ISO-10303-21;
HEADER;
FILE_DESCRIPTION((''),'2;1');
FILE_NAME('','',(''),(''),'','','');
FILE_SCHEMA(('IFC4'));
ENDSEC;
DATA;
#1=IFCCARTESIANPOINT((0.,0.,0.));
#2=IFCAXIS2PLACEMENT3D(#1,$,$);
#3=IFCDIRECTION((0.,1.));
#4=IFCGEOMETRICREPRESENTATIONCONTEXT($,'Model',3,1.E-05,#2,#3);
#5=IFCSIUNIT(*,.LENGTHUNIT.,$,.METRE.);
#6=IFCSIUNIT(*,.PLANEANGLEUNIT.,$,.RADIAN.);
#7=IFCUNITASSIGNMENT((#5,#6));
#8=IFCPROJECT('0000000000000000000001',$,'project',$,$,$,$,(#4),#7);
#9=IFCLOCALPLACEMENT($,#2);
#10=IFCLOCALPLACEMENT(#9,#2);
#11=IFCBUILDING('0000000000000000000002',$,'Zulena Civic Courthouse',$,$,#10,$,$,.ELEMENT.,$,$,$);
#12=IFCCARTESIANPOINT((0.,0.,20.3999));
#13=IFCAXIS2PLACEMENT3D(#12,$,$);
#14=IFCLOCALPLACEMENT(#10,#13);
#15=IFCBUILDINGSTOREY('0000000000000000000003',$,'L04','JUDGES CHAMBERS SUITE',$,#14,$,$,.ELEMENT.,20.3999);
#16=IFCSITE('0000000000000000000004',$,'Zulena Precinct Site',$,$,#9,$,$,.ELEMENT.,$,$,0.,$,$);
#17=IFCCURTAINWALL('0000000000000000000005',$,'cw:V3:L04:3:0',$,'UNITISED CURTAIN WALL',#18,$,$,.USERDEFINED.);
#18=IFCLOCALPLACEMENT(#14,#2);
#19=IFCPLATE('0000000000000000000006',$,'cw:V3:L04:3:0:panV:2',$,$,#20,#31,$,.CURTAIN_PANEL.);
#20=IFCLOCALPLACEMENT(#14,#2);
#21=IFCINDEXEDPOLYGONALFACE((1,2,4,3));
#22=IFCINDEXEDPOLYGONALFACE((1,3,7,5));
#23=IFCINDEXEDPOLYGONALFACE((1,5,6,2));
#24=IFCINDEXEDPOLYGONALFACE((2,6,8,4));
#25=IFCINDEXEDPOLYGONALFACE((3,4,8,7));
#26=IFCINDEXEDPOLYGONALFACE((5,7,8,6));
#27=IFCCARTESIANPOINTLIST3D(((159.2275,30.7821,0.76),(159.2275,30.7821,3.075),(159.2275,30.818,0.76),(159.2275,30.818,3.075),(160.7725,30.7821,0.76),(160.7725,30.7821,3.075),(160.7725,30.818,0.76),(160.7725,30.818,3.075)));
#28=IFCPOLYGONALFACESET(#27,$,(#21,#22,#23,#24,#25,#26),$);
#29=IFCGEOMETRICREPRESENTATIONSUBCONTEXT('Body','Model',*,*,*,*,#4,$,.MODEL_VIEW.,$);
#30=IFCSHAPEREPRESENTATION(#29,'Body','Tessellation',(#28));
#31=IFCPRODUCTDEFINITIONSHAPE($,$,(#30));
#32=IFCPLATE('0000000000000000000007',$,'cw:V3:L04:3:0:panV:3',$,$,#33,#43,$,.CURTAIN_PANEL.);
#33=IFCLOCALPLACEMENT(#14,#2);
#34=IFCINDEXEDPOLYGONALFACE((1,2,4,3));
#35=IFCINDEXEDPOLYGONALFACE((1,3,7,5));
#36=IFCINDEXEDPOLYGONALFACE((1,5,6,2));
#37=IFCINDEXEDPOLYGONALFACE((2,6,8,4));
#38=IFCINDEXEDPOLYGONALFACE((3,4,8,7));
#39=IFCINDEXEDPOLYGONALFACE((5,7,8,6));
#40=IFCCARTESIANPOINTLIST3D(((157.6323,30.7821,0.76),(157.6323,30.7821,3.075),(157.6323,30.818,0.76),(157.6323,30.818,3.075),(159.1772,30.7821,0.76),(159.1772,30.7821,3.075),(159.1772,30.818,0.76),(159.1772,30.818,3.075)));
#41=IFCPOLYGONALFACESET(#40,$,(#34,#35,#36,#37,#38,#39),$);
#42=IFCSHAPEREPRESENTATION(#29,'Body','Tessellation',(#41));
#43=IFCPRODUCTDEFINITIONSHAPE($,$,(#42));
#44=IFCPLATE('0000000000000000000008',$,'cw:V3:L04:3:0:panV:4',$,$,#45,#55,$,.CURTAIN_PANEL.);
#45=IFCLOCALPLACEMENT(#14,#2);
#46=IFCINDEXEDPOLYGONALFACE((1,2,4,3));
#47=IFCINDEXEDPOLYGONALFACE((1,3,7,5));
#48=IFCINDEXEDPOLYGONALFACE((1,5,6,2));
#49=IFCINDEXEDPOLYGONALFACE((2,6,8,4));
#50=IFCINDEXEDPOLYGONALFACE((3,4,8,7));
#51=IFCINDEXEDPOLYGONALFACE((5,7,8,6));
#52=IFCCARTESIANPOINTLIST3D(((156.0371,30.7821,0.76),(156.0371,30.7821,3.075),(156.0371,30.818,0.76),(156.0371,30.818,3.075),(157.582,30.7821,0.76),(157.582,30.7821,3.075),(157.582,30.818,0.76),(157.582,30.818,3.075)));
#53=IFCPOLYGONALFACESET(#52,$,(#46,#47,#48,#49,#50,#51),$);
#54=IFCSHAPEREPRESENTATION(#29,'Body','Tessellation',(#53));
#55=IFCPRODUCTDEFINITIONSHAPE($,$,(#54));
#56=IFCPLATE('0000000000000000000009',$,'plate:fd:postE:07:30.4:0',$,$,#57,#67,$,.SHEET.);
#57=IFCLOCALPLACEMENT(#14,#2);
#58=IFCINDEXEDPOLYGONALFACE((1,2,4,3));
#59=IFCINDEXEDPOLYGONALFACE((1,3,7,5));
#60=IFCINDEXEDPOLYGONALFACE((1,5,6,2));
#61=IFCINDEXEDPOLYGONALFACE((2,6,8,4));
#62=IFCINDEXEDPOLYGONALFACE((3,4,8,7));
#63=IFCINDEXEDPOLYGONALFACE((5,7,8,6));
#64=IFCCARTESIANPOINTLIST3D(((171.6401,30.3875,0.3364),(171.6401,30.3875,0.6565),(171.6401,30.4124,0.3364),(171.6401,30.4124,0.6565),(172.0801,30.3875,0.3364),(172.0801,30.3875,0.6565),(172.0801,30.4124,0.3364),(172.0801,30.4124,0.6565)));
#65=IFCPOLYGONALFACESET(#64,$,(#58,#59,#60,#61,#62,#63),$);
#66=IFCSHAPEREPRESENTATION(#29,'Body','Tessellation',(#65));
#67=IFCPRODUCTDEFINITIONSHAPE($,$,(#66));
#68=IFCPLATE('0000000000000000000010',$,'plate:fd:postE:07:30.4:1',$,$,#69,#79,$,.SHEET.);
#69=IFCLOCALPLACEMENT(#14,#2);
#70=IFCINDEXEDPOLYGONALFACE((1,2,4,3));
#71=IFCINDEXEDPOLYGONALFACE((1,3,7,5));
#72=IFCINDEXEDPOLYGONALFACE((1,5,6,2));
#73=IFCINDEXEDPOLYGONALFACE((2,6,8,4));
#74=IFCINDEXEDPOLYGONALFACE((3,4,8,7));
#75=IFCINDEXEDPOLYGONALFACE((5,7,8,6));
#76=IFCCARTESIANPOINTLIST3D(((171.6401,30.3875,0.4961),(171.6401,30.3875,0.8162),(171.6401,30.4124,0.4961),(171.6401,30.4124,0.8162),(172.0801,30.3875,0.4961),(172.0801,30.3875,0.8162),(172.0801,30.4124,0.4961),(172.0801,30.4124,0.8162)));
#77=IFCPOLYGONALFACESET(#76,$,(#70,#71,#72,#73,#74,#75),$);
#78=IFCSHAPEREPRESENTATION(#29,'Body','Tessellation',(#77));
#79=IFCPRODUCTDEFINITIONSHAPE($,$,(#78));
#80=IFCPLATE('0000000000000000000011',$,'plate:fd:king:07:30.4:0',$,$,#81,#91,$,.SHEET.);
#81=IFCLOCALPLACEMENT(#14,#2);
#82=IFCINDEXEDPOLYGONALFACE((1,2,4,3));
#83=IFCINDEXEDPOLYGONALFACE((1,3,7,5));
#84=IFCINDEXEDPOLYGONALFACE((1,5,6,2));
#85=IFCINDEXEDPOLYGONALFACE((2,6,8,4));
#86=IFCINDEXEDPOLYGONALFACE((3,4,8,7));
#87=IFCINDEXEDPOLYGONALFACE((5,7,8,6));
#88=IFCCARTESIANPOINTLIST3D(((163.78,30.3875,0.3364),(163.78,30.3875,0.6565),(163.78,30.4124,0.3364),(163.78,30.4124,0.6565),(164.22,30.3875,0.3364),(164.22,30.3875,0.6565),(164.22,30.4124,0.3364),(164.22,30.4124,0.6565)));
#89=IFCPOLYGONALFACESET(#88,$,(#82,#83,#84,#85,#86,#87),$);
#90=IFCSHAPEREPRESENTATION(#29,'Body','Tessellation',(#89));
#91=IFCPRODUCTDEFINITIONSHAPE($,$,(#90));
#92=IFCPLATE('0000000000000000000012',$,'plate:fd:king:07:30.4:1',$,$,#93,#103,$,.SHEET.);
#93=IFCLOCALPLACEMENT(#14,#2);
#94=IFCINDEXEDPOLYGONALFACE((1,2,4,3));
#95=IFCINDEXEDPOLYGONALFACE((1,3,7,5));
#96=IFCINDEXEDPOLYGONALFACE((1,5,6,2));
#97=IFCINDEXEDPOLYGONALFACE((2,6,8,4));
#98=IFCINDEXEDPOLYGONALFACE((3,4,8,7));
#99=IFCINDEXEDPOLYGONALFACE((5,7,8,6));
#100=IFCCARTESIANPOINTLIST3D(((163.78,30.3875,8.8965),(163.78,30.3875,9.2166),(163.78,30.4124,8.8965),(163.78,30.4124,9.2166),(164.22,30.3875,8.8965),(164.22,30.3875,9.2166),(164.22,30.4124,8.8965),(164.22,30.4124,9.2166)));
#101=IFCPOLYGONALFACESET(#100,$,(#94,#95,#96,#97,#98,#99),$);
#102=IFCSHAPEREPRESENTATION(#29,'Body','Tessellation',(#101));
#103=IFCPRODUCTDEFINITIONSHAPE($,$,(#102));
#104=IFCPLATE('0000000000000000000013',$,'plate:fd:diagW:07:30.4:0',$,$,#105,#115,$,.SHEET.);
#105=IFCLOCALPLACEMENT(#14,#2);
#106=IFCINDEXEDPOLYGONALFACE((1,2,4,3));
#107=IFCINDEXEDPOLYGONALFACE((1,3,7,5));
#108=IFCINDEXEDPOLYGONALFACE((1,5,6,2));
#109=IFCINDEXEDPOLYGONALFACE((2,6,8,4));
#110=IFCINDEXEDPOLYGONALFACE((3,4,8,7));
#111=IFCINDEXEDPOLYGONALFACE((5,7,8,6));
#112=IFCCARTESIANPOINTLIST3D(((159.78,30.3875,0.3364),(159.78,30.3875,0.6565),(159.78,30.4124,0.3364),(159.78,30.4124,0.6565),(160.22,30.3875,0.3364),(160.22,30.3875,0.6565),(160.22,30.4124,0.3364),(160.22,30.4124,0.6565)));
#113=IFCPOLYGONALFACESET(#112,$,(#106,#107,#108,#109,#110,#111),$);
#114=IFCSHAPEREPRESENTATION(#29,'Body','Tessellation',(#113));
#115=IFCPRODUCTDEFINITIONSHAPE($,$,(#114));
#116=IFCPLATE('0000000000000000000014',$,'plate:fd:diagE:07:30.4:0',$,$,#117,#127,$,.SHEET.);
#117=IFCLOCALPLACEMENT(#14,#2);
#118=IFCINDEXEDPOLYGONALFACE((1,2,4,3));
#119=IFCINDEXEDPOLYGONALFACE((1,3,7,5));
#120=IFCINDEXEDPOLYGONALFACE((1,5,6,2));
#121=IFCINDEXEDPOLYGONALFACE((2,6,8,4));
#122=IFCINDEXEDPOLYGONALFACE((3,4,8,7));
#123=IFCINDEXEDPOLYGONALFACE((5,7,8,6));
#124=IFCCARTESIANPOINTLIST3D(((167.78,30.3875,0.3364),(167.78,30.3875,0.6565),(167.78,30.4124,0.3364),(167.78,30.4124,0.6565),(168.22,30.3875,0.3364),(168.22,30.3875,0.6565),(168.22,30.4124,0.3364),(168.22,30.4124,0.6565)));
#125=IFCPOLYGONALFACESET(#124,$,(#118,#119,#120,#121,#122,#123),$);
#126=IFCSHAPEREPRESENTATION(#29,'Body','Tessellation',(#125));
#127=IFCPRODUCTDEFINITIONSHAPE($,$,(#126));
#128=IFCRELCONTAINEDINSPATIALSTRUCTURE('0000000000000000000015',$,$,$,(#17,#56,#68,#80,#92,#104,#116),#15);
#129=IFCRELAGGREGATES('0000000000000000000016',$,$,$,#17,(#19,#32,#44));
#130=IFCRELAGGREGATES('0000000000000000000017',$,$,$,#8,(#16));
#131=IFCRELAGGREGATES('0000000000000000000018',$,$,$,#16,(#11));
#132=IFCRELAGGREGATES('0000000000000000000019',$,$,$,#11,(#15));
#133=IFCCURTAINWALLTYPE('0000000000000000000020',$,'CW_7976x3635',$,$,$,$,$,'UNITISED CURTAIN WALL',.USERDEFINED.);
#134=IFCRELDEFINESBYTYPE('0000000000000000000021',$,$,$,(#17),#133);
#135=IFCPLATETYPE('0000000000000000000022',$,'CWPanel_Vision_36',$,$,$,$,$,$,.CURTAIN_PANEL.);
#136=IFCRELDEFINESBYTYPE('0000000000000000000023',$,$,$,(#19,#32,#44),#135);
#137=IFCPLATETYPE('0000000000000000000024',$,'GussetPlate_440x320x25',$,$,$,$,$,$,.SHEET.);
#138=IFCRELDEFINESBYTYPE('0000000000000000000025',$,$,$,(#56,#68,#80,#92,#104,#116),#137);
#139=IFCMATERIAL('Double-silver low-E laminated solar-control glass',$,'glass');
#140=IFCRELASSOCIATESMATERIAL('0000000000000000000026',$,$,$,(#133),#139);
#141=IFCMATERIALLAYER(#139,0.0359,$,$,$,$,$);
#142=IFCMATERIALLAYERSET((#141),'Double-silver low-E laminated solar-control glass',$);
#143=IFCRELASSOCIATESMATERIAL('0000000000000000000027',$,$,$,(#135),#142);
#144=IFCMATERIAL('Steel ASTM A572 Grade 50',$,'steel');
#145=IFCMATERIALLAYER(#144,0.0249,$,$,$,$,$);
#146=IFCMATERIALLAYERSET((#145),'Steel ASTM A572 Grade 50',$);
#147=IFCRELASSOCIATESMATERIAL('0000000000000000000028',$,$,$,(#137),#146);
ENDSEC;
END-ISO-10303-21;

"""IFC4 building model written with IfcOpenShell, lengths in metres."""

from ifc_helpers import new_model, si_unit, direction, frame, origin, origin_2d, place, context, subcontext, project, spatial, rectangle, extrude, material, layer, layer_set, type_object, element, aggregate, save


model = new_model("IFC4")

# Units and contexts
model_context = context("Model", 3, precision=1e-05, world=origin(), true_north=direction((0.0, 1.0)))
body_context = subcontext(model_context, "Body", "Model", "MODEL_VIEW")
ifc_project = project(units=[si_unit("LENGTHUNIT", "METRE"), si_unit("PLANEANGLEUNIT", "RADIAN")], contexts=[model_context])

# Site, building, storey
site_placement = place(None, origin())
site = spatial("IfcSite", under=ifc_project, at=site_placement, Name="Zulena Precinct Site", CompositionType="ELEMENT", RefElevation=0.0)
building_placement = place(site_placement, origin())
building = spatial("IfcBuilding", under=site, at=building_placement, Name="Zulena Civic Courthouse", CompositionType="ELEMENT")
storey_placement = place(building_placement, frame((0.0, 0.0, 20.3999)))
storey = spatial("IfcBuildingStorey", under=building, at=storey_placement, Name="L04", Description="JUDGES CHAMBERS SUITE", CompositionType="ELEMENT", Elevation=20.3999)

# Curtain wall
ifc_material_1 = material(Name="Double-silver low-E laminated solar-control glass", Category="glass")
curtain_wall_type = type_object("IfcCurtainWallType", Name="CW_7976x3635", ElementType="UNITISED CURTAIN WALL", PredefinedType="USERDEFINED", material=ifc_material_1)
curtain_wall_placement = place(storey_placement, origin())
curtain_wall = element("IfcCurtainWall", 1, at=curtain_wall_placement, inside=storey, type_object=curtain_wall_type, Name="cw:V3:L04:3:0", ObjectType="UNITISED CURTAIN WALL", PredefinedType="USERDEFINED")

# Plates
ifc_layer_1 = layer(ifc_material_1, 0.0359)
ifc_layer_set_1 = layer_set([ifc_layer_1], Name="Double-silver low-E laminated solar-control glass")
plate_type_1 = type_object("IfcPlateType", Name="CWPanel_Vision_36", PredefinedType="CURTAIN_PANEL", material=ifc_layer_set_1)
plate_1_placement = place(storey_placement, frame((160.0, 30.8, 0.76), z_axis=(0.0, 0.0, 1.0), x_axis=(-1.0, 0.0, 0.0)))
plate_1 = element("IfcPlate", 2, at=plate_1_placement, type_object=plate_type_1, Name="cw:V3:L04:3:0:panV:2", PredefinedType="CURTAIN_PANEL", context=body_context, shape_type="SweptSolid", body=[
    extrude(rectangle(XDim=1.5449, YDim=0.0359, at=origin_2d()), origin(), (0.0, 0.0, 1.0), 2.3149),
])
plate_2_placement = place(storey_placement, frame((158.4048, 30.8, 0.76), z_axis=(0.0, 0.0, 1.0), x_axis=(-1.0, 0.0, 0.0)))
plate_2 = element("IfcPlate", 3, at=plate_2_placement, type_object=plate_type_1, Name="cw:V3:L04:3:0:panV:3", PredefinedType="CURTAIN_PANEL", context=body_context, shape_type="SweptSolid", body=[
    extrude(rectangle(XDim=1.5449, YDim=0.0359, at=origin_2d()), origin(), (0.0, 0.0, 1.0), 2.3149),
])
plate_3_placement = place(storey_placement, frame((156.8096, 30.8, 0.76), z_axis=(0.0, 0.0, 1.0), x_axis=(-1.0, 0.0, 0.0)))
plate_3 = element("IfcPlate", 4, at=plate_3_placement, type_object=plate_type_1, Name="cw:V3:L04:3:0:panV:4", PredefinedType="CURTAIN_PANEL", context=body_context, shape_type="SweptSolid", body=[
    extrude(rectangle(XDim=1.5449, YDim=0.0359, at=origin_2d()), origin(), (0.0, 0.0, 1.0), 2.3149),
])
aggregate(curtain_wall, [plate_1, plate_2, plate_3])

# Plates
ifc_material_2 = material(Name="Steel ASTM A572 Grade 50", Category="steel")
ifc_layer_2 = layer(ifc_material_2, 0.0249)
ifc_layer_set_2 = layer_set([ifc_layer_2], Name="Steel ASTM A572 Grade 50")
plate_type_2 = type_object("IfcPlateType", Name="GussetPlate_440x320x25", PredefinedType="SHEET", material=ifc_layer_set_2)
for number, where, z_axis, x_axis, name in (
    (5, (171.8601, 30.3999, 0.3364), (0.0, 0.0, 1.0), (1.0, 0.0, 0.0), "plate:fd:postE:07:30.4:0"),
    (6, (171.8601, 30.3999, 0.4961), (0.0, 0.0, 1.0), (1.0, 0.0, 0.0), "plate:fd:postE:07:30.4:1"),
    (7, (164.0, 30.3999, 0.3364), (0.0, 0.0, 1.0), (1.0, 0.0, 0.0), "plate:fd:king:07:30.4:0"),
    (8, (164.0, 30.3999, 8.8965), (0.0, 0.0, 1.0), (1.0, 0.0, 0.0), "plate:fd:king:07:30.4:1"),
    (9, (160.0, 30.3999, 0.3364), (0.0, 0.0, 1.0), (1.0, 0.0, 0.0), "plate:fd:diagW:07:30.4:0"),
    (10, (168.0, 30.3999, 0.3364), (0.0, 0.0, 1.0), (1.0, 0.0, 0.0), "plate:fd:diagE:07:30.4:0"),
):
    element("IfcPlate", number, at=place(storey_placement, frame(where, z_axis=z_axis, x_axis=x_axis)), inside=storey, type_object=plate_type_2, Name=name, PredefinedType="SHEET", context=body_context, shape_type="SweptSolid", body=[
        extrude(rectangle(XDim=0.4399, YDim=0.0249, at=origin_2d()), origin(), (0.0, 0.0, 1.0), 0.3201),
    ])

save(model, "model.ifc")
